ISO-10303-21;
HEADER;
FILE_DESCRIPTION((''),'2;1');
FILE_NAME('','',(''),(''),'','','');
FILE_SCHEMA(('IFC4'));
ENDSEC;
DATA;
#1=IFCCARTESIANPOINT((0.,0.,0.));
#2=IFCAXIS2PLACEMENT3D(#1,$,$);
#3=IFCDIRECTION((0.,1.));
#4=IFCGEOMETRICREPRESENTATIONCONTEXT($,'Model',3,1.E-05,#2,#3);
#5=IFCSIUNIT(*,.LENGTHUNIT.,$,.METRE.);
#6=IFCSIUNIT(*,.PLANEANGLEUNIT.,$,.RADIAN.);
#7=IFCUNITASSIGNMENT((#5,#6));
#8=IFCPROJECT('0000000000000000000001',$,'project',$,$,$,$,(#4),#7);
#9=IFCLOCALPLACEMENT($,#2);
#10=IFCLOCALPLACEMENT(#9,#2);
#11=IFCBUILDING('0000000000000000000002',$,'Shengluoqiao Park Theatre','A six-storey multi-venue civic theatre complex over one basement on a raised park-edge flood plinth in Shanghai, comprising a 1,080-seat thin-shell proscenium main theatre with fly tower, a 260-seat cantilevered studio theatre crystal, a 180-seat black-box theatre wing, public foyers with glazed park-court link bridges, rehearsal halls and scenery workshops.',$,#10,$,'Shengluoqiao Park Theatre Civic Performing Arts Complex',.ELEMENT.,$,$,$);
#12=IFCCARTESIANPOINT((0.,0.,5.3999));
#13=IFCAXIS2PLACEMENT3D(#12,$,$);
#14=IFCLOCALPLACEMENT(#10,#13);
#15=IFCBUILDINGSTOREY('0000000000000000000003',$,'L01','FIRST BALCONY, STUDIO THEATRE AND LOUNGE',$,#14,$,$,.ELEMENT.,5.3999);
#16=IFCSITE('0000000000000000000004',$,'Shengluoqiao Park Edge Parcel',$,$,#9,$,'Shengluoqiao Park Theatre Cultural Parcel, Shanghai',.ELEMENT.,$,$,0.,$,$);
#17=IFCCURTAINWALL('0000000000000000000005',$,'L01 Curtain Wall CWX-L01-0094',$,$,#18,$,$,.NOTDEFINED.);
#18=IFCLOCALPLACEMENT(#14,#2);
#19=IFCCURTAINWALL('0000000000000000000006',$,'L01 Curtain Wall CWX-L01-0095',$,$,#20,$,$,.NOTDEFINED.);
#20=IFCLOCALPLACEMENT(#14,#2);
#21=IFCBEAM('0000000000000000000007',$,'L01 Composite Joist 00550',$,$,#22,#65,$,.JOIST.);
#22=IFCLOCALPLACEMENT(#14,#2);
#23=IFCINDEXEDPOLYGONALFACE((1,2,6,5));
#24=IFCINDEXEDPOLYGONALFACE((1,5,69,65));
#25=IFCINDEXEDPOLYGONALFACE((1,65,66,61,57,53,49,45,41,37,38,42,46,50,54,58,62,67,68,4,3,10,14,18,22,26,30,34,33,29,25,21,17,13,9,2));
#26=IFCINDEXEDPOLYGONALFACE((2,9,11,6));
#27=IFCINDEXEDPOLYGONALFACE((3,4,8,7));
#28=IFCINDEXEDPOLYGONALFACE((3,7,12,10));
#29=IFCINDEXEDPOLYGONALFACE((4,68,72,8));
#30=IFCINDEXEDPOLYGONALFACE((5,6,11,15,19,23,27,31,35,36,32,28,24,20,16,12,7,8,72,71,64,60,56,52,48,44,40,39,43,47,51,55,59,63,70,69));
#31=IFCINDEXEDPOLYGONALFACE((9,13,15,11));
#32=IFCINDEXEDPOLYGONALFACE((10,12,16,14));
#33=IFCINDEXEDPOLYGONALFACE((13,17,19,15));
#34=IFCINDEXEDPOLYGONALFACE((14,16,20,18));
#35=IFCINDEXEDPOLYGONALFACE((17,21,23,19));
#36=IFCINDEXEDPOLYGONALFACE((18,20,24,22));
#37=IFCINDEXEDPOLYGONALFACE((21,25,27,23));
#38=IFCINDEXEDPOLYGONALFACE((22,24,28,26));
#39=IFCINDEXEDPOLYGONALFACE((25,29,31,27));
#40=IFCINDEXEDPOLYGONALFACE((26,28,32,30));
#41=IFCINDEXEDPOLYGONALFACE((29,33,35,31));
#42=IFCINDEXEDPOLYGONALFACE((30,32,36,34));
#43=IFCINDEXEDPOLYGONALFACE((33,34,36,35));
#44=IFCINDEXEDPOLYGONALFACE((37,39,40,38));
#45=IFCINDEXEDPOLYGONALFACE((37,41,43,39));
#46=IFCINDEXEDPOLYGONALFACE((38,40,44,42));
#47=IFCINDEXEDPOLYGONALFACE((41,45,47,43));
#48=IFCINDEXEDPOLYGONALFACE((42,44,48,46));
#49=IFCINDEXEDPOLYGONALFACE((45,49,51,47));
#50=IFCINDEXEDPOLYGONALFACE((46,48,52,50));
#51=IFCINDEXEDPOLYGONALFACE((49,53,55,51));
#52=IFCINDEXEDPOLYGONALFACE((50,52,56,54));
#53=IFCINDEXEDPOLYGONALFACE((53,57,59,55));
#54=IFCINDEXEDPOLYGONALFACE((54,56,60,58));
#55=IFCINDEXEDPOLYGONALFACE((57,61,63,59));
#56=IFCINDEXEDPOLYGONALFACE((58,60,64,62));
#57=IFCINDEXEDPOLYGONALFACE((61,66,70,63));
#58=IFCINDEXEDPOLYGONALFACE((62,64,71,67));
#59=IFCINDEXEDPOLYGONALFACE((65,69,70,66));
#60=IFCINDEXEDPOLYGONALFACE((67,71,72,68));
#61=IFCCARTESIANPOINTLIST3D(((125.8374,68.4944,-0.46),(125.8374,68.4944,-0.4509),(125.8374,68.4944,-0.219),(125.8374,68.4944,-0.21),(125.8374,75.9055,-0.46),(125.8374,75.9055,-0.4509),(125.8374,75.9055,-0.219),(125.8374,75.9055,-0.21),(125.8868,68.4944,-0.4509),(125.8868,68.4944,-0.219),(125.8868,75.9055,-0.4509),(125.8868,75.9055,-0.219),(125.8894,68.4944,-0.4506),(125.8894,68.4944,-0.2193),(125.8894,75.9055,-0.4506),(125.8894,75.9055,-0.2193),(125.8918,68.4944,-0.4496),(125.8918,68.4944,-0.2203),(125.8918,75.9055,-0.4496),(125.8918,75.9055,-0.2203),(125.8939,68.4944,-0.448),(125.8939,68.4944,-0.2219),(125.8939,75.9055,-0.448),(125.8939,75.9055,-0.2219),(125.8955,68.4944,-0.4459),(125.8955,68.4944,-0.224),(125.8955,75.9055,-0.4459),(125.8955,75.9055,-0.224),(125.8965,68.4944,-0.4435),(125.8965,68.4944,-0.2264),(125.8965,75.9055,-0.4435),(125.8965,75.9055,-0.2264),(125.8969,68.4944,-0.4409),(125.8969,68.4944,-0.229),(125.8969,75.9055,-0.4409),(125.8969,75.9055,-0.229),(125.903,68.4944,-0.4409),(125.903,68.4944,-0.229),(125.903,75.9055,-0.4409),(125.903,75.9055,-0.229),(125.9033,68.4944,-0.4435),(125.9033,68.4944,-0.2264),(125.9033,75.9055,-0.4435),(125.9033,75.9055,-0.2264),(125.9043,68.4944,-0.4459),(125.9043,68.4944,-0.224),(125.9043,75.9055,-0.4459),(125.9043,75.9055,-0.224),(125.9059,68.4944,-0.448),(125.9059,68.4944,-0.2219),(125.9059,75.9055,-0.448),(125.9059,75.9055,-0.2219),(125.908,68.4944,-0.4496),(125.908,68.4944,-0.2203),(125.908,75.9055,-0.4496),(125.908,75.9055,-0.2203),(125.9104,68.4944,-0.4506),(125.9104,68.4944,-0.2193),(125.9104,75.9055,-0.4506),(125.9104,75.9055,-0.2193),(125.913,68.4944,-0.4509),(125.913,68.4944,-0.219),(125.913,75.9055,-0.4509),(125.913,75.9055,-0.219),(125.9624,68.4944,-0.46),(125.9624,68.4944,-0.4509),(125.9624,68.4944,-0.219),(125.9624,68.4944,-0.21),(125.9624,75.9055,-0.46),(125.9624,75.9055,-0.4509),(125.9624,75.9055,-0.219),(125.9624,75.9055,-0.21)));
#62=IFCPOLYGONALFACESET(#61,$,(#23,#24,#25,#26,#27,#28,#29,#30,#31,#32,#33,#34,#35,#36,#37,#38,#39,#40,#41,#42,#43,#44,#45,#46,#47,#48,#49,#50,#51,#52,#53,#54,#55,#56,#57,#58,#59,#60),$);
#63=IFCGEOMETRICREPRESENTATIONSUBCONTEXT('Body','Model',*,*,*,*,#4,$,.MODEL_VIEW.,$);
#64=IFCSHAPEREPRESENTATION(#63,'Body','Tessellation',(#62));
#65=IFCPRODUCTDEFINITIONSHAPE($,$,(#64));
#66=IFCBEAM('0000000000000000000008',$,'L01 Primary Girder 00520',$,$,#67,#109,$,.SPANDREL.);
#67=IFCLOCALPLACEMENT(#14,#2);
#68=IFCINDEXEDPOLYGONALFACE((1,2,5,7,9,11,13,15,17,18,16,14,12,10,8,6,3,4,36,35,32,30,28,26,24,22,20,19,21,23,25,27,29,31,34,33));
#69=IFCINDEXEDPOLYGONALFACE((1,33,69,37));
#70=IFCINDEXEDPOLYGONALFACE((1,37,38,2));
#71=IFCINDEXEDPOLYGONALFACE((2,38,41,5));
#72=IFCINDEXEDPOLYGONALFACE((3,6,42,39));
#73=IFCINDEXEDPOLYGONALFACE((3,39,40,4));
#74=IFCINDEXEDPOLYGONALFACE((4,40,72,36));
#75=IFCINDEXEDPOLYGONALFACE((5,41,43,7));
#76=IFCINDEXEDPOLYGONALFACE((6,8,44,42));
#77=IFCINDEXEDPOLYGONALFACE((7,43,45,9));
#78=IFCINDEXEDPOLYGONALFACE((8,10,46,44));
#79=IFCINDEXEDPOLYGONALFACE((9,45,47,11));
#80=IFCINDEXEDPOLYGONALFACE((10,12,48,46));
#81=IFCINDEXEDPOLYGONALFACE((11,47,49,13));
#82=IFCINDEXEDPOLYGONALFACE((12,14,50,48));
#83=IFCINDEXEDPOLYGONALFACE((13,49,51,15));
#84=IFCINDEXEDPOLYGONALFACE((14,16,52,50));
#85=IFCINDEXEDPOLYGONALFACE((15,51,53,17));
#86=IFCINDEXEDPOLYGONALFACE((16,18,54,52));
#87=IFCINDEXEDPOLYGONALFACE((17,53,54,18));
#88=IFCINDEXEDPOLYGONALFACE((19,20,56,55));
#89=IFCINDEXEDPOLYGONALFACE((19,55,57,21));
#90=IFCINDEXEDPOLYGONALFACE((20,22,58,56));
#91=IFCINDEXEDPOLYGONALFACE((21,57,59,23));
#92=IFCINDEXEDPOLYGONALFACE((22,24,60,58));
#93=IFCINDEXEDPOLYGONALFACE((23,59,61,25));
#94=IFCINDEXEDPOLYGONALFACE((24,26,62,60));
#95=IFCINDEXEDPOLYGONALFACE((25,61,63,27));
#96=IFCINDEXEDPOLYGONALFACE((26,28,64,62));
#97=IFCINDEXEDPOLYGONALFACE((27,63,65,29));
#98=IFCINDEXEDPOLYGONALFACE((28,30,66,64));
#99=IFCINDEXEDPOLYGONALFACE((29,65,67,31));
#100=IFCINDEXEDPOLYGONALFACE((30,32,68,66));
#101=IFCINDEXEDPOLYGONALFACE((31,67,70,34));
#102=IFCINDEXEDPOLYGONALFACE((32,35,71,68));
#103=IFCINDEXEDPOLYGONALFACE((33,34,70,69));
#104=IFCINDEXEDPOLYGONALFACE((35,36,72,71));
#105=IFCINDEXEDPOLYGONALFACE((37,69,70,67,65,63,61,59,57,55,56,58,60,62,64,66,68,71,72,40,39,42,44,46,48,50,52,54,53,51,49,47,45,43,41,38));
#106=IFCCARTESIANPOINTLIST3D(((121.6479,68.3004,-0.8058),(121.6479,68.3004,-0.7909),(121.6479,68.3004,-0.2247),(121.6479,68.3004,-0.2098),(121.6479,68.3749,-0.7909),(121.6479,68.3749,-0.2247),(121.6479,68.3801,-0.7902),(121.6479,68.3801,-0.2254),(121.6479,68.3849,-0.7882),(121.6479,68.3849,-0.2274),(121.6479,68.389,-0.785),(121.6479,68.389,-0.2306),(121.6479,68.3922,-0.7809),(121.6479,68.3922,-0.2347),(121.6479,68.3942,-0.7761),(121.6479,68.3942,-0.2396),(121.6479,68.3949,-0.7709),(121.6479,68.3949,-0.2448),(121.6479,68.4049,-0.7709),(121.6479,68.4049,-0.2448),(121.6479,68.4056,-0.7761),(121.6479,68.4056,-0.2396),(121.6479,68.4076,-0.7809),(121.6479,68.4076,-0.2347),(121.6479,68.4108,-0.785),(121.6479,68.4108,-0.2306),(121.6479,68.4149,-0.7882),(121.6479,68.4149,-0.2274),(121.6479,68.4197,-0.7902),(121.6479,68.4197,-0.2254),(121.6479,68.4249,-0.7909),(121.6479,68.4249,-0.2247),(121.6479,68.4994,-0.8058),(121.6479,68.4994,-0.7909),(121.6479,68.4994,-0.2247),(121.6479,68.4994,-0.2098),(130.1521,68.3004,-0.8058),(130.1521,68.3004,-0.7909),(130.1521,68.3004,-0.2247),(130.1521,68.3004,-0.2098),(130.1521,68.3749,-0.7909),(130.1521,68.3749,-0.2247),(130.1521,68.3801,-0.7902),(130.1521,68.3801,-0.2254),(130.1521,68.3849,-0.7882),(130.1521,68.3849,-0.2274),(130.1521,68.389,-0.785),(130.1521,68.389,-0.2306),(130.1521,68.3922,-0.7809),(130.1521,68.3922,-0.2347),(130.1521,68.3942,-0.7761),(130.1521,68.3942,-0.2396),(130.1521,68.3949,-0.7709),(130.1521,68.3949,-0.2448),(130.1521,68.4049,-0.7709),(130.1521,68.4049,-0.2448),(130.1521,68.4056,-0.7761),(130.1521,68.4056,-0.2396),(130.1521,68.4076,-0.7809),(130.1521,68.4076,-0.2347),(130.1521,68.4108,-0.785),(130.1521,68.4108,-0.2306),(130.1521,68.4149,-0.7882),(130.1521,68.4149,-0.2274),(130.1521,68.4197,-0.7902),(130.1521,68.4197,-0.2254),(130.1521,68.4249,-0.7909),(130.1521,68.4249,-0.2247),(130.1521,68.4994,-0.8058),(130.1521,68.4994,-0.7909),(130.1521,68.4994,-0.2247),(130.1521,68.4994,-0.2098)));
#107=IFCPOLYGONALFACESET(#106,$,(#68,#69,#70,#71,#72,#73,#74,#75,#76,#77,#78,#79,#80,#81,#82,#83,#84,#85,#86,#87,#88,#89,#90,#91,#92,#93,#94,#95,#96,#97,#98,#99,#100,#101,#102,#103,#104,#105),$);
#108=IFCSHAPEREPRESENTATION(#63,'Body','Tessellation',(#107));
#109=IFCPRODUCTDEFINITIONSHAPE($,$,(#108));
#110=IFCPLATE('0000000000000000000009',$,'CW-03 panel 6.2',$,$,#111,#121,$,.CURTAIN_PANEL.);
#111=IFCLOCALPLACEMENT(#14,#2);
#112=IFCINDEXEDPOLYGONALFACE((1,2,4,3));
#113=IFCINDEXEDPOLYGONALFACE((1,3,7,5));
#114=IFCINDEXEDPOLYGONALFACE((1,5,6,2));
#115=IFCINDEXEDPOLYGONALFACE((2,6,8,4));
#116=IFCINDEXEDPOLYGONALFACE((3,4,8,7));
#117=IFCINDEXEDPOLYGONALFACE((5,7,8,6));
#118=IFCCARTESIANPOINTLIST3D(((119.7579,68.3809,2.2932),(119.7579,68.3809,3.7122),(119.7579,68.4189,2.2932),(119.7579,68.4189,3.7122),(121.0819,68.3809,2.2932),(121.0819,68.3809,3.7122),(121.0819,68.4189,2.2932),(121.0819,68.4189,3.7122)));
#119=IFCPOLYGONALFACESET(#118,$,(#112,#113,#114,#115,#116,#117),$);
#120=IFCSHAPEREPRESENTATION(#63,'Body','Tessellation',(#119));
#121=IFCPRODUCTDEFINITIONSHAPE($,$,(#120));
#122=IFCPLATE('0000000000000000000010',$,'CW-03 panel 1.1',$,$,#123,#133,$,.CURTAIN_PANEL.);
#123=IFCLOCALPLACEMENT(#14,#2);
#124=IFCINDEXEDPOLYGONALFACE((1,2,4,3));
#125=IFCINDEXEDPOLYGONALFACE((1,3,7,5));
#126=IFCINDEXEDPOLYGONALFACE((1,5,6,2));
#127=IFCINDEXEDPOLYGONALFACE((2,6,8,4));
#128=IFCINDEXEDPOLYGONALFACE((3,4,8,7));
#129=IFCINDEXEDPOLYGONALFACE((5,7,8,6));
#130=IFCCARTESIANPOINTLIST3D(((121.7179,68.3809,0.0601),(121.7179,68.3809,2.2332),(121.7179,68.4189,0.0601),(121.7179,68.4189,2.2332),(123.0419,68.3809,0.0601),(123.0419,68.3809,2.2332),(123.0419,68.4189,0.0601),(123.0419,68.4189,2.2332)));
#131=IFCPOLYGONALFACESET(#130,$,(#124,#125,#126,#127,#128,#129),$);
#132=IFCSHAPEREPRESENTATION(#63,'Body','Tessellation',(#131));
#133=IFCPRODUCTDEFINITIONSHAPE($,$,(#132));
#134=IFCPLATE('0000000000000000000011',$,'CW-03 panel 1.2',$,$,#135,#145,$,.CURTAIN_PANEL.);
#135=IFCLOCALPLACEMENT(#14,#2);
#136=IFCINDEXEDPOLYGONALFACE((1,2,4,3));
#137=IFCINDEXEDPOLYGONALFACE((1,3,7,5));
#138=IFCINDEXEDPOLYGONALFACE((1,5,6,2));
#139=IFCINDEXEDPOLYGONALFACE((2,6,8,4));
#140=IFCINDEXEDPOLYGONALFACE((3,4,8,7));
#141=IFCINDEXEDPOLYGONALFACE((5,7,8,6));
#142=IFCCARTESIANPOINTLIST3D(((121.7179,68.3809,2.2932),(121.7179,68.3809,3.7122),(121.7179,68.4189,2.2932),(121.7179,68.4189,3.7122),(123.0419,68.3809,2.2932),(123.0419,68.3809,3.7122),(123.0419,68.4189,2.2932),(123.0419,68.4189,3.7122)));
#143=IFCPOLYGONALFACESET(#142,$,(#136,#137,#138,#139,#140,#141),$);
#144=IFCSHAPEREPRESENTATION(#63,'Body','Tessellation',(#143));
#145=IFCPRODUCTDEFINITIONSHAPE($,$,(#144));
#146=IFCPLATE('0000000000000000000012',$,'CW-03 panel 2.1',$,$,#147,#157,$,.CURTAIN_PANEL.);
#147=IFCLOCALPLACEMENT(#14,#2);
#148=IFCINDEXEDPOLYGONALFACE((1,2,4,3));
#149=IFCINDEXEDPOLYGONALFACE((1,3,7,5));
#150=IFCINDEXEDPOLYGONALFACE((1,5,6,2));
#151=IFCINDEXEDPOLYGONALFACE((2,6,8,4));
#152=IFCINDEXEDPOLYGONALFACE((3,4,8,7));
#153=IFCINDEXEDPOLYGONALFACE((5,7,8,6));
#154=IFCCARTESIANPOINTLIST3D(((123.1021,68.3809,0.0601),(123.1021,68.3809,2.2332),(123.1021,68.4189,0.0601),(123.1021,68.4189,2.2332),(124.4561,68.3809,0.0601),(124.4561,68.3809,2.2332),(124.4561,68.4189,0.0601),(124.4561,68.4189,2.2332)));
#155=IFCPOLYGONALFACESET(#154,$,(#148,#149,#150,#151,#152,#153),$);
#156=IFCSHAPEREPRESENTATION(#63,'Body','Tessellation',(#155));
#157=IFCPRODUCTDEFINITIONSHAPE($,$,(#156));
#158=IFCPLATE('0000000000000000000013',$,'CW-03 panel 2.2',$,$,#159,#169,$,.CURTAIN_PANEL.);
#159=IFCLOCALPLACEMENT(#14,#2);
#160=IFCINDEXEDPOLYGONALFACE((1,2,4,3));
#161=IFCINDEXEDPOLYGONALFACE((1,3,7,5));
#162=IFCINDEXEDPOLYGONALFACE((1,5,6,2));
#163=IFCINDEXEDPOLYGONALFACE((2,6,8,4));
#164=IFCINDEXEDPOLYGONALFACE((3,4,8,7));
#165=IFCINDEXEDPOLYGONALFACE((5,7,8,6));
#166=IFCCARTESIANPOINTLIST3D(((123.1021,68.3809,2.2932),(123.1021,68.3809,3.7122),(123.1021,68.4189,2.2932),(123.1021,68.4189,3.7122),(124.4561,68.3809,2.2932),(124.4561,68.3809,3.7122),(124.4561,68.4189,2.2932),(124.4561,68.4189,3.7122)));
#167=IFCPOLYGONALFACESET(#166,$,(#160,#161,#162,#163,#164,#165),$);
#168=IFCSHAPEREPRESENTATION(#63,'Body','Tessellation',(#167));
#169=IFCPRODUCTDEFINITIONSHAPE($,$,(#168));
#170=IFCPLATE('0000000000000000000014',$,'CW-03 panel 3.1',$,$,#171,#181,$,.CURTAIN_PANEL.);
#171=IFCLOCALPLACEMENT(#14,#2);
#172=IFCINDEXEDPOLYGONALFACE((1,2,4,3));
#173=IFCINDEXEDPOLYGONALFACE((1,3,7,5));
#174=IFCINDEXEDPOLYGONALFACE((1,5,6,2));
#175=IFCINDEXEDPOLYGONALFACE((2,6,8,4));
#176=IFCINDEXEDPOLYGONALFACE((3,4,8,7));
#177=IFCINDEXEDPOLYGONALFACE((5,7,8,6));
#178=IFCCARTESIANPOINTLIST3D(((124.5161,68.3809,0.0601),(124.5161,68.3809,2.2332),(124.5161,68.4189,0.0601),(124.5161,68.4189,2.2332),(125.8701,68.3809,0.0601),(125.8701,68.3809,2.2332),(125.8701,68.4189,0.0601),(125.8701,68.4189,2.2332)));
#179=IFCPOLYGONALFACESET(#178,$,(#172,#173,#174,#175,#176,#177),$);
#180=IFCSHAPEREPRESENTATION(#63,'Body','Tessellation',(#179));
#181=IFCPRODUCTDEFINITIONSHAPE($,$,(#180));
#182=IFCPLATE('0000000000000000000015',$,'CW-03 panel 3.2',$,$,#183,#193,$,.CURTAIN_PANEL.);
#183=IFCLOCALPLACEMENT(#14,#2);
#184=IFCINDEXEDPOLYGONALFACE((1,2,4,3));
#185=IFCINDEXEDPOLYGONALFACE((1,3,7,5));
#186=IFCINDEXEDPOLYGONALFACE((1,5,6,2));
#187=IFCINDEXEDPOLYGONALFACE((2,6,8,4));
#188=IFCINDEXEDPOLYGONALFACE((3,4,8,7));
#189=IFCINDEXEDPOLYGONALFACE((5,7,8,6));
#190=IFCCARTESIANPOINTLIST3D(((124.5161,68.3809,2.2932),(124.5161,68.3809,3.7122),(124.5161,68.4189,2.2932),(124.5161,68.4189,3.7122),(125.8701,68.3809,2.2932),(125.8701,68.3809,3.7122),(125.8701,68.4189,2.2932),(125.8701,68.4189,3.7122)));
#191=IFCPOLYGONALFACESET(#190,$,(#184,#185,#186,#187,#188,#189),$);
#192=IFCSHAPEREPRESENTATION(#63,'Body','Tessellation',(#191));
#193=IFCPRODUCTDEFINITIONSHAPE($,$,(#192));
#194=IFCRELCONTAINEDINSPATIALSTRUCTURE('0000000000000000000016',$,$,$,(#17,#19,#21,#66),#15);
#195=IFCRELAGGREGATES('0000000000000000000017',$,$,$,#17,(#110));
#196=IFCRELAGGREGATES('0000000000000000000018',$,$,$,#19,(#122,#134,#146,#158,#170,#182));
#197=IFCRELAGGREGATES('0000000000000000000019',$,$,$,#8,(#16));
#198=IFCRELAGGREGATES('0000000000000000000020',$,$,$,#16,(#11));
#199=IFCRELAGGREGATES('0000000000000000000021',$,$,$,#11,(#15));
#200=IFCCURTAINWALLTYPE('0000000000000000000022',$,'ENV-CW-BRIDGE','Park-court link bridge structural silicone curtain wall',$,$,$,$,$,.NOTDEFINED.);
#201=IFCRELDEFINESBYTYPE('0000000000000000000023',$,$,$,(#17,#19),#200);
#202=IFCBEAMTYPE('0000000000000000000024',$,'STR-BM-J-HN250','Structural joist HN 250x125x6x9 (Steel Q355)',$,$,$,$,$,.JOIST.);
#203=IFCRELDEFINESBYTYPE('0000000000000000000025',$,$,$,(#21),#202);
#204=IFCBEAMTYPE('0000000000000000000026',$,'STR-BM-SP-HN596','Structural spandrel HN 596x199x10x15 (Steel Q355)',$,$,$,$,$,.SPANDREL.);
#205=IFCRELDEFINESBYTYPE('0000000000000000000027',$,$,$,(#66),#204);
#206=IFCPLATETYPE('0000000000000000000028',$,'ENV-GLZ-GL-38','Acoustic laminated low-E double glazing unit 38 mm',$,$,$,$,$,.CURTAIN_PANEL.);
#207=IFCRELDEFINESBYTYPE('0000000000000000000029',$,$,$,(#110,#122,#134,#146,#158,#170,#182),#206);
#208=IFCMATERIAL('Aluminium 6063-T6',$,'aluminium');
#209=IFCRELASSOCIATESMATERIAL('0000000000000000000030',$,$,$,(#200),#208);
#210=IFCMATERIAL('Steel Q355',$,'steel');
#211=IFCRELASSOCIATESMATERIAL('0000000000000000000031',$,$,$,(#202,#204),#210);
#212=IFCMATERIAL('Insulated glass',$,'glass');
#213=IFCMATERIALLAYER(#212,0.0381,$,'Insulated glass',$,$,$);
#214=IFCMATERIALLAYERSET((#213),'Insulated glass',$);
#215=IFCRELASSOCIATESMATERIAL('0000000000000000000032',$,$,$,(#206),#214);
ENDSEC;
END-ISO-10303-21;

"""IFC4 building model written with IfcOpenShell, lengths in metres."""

from ifc_helpers import new_model, si_unit, direction, frame, origin, origin_2d, place, context, subcontext, project, spatial, rectangle, i_section, extrude, material, layer, layer_set, material_profile, profile_set, type_object, element, aggregate, save


model = new_model("IFC4")

# Units and contexts
model_context = context("Model", 3, precision=1e-05, world=origin(), true_north=direction((0.0, 1.0)))
body_context = subcontext(model_context, "Body", "Model", "MODEL_VIEW")
ifc_project = project(units=[si_unit("LENGTHUNIT", "METRE"), si_unit("PLANEANGLEUNIT", "RADIAN")], contexts=[model_context])

# Site, building, storey
site_placement = place(None, origin())
site = spatial("IfcSite", under=ifc_project, at=site_placement, Name="Shengluoqiao Park Edge Parcel", LongName="Shengluoqiao Park Theatre Cultural Parcel, Shanghai", CompositionType="ELEMENT", RefElevation=0.0)
building_placement = place(site_placement, origin())
building = spatial("IfcBuilding", under=site, at=building_placement, Name="Shengluoqiao Park Theatre", Description="A six-storey multi-venue civic theatre complex over one basement on a raised park-edge flood plinth in Shanghai, comprising a 1,080-seat thin-shell proscenium main theatre with fly tower, a 260-seat cantilevered studio theatre crystal, a 180-seat black-box theatre wing, public foyers with glazed park-court link bridges, rehearsal halls and scenery workshops.", LongName="Shengluoqiao Park Theatre Civic Performing Arts Complex", CompositionType="ELEMENT")
storey_placement = place(building_placement, frame((0.0, 0.0, 5.3999)))
storey = spatial("IfcBuildingStorey", under=building, at=storey_placement, Name="L01", Description="FIRST BALCONY, STUDIO THEATRE AND LOUNGE", CompositionType="ELEMENT", Elevation=5.3999)

# Curtain wall
ifc_material_1 = material(Name="Aluminium 6063-T6", Category="aluminium")
curtain_wall_type = type_object("IfcCurtainWallType", Name="ENV-CW-BRIDGE", Description="Park-court link bridge structural silicone curtain wall", PredefinedType="NOTDEFINED", material=ifc_material_1)
curtain_wall_1_placement = place(storey_placement, origin())
curtain_wall_1 = element("IfcCurtainWall", 1, at=curtain_wall_1_placement, inside=storey, type_object=curtain_wall_type, Name="L01 Curtain Wall CWX-L01-0094", PredefinedType="NOTDEFINED")

# Curtain wall
curtain_wall_2_placement = place(storey_placement, origin())
curtain_wall_2 = element("IfcCurtainWall", 2, at=curtain_wall_2_placement, inside=storey, type_object=curtain_wall_type, Name="L01 Curtain Wall CWX-L01-0095", PredefinedType="NOTDEFINED")

# Beams
ifc_material_2 = material(Name="Steel Q355", Category="steel")
ifc_material_profile_1 = material_profile(ifc_material_2, i_section(OverallWidth=0.125, OverallDepth=0.25, WebThickness=0.0061, FlangeThickness=0.009, FilletRadius=0.01, at=origin_2d()), Name="HN 250x125x6x9")
ifc_profile_set_1 = profile_set([ifc_material_profile_1], Name="Steel Q355")
beam_type_1 = type_object("IfcBeamType", Name="STR-BM-J-HN250", Description="Structural joist HN 250x125x6x9 (Steel Q355)", PredefinedType="JOIST", material=ifc_profile_set_1)
for number, where, z_axis, x_axis, name in (
    (3, (125.8999, 68.4944, -0.335), (0.0, 1.0, 0.0), (-1.0, 0.0, 0.0), "L01 Composite Joist 00550"),
):
    element("IfcBeam", number, at=place(storey_placement, frame(where, z_axis=z_axis, x_axis=x_axis)), inside=storey, type_object=beam_type_1, Name=name, PredefinedType="JOIST", context=body_context, shape_type="SweptSolid", body=[
        extrude(i_section(OverallWidth=0.125, OverallDepth=0.25, WebThickness=0.0061, FlangeThickness=0.009, FilletRadius=0.01, at=origin_2d()), origin(), (0.0, 0.0, 1.0), 7.4111),
    ])
ifc_material_profile_2 = material_profile(ifc_material_2, i_section(OverallWidth=0.199, OverallDepth=0.5959, WebThickness=0.01, FlangeThickness=0.0149, FilletRadius=0.02, at=origin_2d()), Name="HN 596x199x10x15")
ifc_profile_set_2 = profile_set([ifc_material_profile_2], Name="Steel Q355")
beam_type_2 = type_object("IfcBeamType", Name="STR-BM-SP-HN596", Description="Structural spandrel HN 596x199x10x15 (Steel Q355)", PredefinedType="SPANDREL", material=ifc_profile_set_2)
beam_1_placement = place(storey_placement, frame((121.6479, 68.3999, -0.5078), z_axis=(1.0, 0.0, 0.0), x_axis=(0.0, 1.0, 0.0)))
element("IfcBeam", 4, at=beam_1_placement, inside=storey, type_object=beam_type_2, Name="L01 Primary Girder 00520", PredefinedType="SPANDREL", context=body_context, shape_type="SweptSolid", body=[
    extrude(i_section(OverallWidth=0.199, OverallDepth=0.5959, WebThickness=0.01, FlangeThickness=0.0149, FilletRadius=0.02, at=origin_2d()), origin(), (0.0, 0.0, 1.0), 8.5042),
])

# Plates
ifc_material_3 = material(Name="Insulated glass", Category="glass")
ifc_layer_1 = layer(ifc_material_3, 0.0381, Name="Insulated glass")
ifc_layer_set_1 = layer_set([ifc_layer_1], Name="Insulated glass")
plate_type = type_object("IfcPlateType", Name="ENV-GLZ-GL-38", Description="Acoustic laminated low-E double glazing unit 38 mm", PredefinedType="CURTAIN_PANEL", material=ifc_layer_set_1)
plate_1_placement = place(storey_placement, frame((120.4199, 68.3999, 2.2932), z_axis=(0.0, 0.0, 1.0), x_axis=(1.0, 0.0, 0.0)))
plate_1 = element("IfcPlate", 5, at=plate_1_placement, type_object=plate_type, Name="CW-03 panel 6.2", PredefinedType="CURTAIN_PANEL", context=body_context, shape_type="SweptSolid", body=[
    extrude(rectangle(XDim=1.324, YDim=0.0381, at=origin_2d()), origin(), (0.0, 0.0, 1.0), 1.4189),
])
aggregate(curtain_wall_1, [plate_1])
plate_2_placement = place(storey_placement, frame((122.3799, 68.3999, 0.0601), z_axis=(0.0, 0.0, 1.0), x_axis=(1.0, 0.0, 0.0)))
plate_2 = element("IfcPlate", 6, at=plate_2_placement, type_object=plate_type, Name="CW-03 panel 1.1", PredefinedType="CURTAIN_PANEL", context=body_context, shape_type="SweptSolid", body=[
    extrude(rectangle(XDim=1.324, YDim=0.0381, at=origin_2d()), origin(), (0.0, 0.0, 1.0), 2.1731),
])
plate_3_placement = place(storey_placement, frame((122.3799, 68.3999, 2.2932), z_axis=(0.0, 0.0, 1.0), x_axis=(1.0, 0.0, 0.0)))
plate_3 = element("IfcPlate", 7, at=plate_3_placement, type_object=plate_type, Name="CW-03 panel 1.2", PredefinedType="CURTAIN_PANEL", context=body_context, shape_type="SweptSolid", body=[
    extrude(rectangle(XDim=1.324, YDim=0.0381, at=origin_2d()), origin(), (0.0, 0.0, 1.0), 1.4189),
])
plate_4_placement = place(storey_placement, frame((123.7791, 68.3999, 0.0601), z_axis=(0.0, 0.0, 1.0), x_axis=(1.0, 0.0, 0.0)))
plate_4 = element("IfcPlate", 8, at=plate_4_placement, type_object=plate_type, Name="CW-03 panel 2.1", PredefinedType="CURTAIN_PANEL", context=body_context, shape_type="SweptSolid", body=[
    extrude(rectangle(XDim=1.354, YDim=0.0381, at=origin_2d()), origin(), (0.0, 0.0, 1.0), 2.1731),
])
plate_5_placement = place(storey_placement, frame((123.7791, 68.3999, 2.2932), z_axis=(0.0, 0.0, 1.0), x_axis=(1.0, 0.0, 0.0)))
plate_5 = element("IfcPlate", 9, at=plate_5_placement, type_object=plate_type, Name="CW-03 panel 2.2", PredefinedType="CURTAIN_PANEL", context=body_context, shape_type="SweptSolid", body=[
    extrude(rectangle(XDim=1.354, YDim=0.0381, at=origin_2d()), origin(), (0.0, 0.0, 1.0), 1.4189),
])
plate_6_placement = place(storey_placement, frame((125.1931, 68.3999, 0.0601), z_axis=(0.0, 0.0, 1.0), x_axis=(1.0, 0.0, 0.0)))
plate_6 = element("IfcPlate", 10, at=plate_6_placement, type_object=plate_type, Name="CW-03 panel 3.1", PredefinedType="CURTAIN_PANEL", context=body_context, shape_type="SweptSolid", body=[
    extrude(rectangle(XDim=1.354, YDim=0.0381, at=origin_2d()), origin(), (0.0, 0.0, 1.0), 2.1731),
])
plate_7_placement = place(storey_placement, frame((125.1931, 68.3999, 2.2932), z_axis=(0.0, 0.0, 1.0), x_axis=(1.0, 0.0, 0.0)))
plate_7 = element("IfcPlate", 11, at=plate_7_placement, type_object=plate_type, Name="CW-03 panel 3.2", PredefinedType="CURTAIN_PANEL", context=body_context, shape_type="SweptSolid", body=[
    extrude(rectangle(XDim=1.354, YDim=0.0381, at=origin_2d()), origin(), (0.0, 0.0, 1.0), 1.4189),
])
aggregate(curtain_wall_2, [plate_2, plate_3, plate_4, plate_5, plate_6, plate_7])

save(model, "model.ifc")
